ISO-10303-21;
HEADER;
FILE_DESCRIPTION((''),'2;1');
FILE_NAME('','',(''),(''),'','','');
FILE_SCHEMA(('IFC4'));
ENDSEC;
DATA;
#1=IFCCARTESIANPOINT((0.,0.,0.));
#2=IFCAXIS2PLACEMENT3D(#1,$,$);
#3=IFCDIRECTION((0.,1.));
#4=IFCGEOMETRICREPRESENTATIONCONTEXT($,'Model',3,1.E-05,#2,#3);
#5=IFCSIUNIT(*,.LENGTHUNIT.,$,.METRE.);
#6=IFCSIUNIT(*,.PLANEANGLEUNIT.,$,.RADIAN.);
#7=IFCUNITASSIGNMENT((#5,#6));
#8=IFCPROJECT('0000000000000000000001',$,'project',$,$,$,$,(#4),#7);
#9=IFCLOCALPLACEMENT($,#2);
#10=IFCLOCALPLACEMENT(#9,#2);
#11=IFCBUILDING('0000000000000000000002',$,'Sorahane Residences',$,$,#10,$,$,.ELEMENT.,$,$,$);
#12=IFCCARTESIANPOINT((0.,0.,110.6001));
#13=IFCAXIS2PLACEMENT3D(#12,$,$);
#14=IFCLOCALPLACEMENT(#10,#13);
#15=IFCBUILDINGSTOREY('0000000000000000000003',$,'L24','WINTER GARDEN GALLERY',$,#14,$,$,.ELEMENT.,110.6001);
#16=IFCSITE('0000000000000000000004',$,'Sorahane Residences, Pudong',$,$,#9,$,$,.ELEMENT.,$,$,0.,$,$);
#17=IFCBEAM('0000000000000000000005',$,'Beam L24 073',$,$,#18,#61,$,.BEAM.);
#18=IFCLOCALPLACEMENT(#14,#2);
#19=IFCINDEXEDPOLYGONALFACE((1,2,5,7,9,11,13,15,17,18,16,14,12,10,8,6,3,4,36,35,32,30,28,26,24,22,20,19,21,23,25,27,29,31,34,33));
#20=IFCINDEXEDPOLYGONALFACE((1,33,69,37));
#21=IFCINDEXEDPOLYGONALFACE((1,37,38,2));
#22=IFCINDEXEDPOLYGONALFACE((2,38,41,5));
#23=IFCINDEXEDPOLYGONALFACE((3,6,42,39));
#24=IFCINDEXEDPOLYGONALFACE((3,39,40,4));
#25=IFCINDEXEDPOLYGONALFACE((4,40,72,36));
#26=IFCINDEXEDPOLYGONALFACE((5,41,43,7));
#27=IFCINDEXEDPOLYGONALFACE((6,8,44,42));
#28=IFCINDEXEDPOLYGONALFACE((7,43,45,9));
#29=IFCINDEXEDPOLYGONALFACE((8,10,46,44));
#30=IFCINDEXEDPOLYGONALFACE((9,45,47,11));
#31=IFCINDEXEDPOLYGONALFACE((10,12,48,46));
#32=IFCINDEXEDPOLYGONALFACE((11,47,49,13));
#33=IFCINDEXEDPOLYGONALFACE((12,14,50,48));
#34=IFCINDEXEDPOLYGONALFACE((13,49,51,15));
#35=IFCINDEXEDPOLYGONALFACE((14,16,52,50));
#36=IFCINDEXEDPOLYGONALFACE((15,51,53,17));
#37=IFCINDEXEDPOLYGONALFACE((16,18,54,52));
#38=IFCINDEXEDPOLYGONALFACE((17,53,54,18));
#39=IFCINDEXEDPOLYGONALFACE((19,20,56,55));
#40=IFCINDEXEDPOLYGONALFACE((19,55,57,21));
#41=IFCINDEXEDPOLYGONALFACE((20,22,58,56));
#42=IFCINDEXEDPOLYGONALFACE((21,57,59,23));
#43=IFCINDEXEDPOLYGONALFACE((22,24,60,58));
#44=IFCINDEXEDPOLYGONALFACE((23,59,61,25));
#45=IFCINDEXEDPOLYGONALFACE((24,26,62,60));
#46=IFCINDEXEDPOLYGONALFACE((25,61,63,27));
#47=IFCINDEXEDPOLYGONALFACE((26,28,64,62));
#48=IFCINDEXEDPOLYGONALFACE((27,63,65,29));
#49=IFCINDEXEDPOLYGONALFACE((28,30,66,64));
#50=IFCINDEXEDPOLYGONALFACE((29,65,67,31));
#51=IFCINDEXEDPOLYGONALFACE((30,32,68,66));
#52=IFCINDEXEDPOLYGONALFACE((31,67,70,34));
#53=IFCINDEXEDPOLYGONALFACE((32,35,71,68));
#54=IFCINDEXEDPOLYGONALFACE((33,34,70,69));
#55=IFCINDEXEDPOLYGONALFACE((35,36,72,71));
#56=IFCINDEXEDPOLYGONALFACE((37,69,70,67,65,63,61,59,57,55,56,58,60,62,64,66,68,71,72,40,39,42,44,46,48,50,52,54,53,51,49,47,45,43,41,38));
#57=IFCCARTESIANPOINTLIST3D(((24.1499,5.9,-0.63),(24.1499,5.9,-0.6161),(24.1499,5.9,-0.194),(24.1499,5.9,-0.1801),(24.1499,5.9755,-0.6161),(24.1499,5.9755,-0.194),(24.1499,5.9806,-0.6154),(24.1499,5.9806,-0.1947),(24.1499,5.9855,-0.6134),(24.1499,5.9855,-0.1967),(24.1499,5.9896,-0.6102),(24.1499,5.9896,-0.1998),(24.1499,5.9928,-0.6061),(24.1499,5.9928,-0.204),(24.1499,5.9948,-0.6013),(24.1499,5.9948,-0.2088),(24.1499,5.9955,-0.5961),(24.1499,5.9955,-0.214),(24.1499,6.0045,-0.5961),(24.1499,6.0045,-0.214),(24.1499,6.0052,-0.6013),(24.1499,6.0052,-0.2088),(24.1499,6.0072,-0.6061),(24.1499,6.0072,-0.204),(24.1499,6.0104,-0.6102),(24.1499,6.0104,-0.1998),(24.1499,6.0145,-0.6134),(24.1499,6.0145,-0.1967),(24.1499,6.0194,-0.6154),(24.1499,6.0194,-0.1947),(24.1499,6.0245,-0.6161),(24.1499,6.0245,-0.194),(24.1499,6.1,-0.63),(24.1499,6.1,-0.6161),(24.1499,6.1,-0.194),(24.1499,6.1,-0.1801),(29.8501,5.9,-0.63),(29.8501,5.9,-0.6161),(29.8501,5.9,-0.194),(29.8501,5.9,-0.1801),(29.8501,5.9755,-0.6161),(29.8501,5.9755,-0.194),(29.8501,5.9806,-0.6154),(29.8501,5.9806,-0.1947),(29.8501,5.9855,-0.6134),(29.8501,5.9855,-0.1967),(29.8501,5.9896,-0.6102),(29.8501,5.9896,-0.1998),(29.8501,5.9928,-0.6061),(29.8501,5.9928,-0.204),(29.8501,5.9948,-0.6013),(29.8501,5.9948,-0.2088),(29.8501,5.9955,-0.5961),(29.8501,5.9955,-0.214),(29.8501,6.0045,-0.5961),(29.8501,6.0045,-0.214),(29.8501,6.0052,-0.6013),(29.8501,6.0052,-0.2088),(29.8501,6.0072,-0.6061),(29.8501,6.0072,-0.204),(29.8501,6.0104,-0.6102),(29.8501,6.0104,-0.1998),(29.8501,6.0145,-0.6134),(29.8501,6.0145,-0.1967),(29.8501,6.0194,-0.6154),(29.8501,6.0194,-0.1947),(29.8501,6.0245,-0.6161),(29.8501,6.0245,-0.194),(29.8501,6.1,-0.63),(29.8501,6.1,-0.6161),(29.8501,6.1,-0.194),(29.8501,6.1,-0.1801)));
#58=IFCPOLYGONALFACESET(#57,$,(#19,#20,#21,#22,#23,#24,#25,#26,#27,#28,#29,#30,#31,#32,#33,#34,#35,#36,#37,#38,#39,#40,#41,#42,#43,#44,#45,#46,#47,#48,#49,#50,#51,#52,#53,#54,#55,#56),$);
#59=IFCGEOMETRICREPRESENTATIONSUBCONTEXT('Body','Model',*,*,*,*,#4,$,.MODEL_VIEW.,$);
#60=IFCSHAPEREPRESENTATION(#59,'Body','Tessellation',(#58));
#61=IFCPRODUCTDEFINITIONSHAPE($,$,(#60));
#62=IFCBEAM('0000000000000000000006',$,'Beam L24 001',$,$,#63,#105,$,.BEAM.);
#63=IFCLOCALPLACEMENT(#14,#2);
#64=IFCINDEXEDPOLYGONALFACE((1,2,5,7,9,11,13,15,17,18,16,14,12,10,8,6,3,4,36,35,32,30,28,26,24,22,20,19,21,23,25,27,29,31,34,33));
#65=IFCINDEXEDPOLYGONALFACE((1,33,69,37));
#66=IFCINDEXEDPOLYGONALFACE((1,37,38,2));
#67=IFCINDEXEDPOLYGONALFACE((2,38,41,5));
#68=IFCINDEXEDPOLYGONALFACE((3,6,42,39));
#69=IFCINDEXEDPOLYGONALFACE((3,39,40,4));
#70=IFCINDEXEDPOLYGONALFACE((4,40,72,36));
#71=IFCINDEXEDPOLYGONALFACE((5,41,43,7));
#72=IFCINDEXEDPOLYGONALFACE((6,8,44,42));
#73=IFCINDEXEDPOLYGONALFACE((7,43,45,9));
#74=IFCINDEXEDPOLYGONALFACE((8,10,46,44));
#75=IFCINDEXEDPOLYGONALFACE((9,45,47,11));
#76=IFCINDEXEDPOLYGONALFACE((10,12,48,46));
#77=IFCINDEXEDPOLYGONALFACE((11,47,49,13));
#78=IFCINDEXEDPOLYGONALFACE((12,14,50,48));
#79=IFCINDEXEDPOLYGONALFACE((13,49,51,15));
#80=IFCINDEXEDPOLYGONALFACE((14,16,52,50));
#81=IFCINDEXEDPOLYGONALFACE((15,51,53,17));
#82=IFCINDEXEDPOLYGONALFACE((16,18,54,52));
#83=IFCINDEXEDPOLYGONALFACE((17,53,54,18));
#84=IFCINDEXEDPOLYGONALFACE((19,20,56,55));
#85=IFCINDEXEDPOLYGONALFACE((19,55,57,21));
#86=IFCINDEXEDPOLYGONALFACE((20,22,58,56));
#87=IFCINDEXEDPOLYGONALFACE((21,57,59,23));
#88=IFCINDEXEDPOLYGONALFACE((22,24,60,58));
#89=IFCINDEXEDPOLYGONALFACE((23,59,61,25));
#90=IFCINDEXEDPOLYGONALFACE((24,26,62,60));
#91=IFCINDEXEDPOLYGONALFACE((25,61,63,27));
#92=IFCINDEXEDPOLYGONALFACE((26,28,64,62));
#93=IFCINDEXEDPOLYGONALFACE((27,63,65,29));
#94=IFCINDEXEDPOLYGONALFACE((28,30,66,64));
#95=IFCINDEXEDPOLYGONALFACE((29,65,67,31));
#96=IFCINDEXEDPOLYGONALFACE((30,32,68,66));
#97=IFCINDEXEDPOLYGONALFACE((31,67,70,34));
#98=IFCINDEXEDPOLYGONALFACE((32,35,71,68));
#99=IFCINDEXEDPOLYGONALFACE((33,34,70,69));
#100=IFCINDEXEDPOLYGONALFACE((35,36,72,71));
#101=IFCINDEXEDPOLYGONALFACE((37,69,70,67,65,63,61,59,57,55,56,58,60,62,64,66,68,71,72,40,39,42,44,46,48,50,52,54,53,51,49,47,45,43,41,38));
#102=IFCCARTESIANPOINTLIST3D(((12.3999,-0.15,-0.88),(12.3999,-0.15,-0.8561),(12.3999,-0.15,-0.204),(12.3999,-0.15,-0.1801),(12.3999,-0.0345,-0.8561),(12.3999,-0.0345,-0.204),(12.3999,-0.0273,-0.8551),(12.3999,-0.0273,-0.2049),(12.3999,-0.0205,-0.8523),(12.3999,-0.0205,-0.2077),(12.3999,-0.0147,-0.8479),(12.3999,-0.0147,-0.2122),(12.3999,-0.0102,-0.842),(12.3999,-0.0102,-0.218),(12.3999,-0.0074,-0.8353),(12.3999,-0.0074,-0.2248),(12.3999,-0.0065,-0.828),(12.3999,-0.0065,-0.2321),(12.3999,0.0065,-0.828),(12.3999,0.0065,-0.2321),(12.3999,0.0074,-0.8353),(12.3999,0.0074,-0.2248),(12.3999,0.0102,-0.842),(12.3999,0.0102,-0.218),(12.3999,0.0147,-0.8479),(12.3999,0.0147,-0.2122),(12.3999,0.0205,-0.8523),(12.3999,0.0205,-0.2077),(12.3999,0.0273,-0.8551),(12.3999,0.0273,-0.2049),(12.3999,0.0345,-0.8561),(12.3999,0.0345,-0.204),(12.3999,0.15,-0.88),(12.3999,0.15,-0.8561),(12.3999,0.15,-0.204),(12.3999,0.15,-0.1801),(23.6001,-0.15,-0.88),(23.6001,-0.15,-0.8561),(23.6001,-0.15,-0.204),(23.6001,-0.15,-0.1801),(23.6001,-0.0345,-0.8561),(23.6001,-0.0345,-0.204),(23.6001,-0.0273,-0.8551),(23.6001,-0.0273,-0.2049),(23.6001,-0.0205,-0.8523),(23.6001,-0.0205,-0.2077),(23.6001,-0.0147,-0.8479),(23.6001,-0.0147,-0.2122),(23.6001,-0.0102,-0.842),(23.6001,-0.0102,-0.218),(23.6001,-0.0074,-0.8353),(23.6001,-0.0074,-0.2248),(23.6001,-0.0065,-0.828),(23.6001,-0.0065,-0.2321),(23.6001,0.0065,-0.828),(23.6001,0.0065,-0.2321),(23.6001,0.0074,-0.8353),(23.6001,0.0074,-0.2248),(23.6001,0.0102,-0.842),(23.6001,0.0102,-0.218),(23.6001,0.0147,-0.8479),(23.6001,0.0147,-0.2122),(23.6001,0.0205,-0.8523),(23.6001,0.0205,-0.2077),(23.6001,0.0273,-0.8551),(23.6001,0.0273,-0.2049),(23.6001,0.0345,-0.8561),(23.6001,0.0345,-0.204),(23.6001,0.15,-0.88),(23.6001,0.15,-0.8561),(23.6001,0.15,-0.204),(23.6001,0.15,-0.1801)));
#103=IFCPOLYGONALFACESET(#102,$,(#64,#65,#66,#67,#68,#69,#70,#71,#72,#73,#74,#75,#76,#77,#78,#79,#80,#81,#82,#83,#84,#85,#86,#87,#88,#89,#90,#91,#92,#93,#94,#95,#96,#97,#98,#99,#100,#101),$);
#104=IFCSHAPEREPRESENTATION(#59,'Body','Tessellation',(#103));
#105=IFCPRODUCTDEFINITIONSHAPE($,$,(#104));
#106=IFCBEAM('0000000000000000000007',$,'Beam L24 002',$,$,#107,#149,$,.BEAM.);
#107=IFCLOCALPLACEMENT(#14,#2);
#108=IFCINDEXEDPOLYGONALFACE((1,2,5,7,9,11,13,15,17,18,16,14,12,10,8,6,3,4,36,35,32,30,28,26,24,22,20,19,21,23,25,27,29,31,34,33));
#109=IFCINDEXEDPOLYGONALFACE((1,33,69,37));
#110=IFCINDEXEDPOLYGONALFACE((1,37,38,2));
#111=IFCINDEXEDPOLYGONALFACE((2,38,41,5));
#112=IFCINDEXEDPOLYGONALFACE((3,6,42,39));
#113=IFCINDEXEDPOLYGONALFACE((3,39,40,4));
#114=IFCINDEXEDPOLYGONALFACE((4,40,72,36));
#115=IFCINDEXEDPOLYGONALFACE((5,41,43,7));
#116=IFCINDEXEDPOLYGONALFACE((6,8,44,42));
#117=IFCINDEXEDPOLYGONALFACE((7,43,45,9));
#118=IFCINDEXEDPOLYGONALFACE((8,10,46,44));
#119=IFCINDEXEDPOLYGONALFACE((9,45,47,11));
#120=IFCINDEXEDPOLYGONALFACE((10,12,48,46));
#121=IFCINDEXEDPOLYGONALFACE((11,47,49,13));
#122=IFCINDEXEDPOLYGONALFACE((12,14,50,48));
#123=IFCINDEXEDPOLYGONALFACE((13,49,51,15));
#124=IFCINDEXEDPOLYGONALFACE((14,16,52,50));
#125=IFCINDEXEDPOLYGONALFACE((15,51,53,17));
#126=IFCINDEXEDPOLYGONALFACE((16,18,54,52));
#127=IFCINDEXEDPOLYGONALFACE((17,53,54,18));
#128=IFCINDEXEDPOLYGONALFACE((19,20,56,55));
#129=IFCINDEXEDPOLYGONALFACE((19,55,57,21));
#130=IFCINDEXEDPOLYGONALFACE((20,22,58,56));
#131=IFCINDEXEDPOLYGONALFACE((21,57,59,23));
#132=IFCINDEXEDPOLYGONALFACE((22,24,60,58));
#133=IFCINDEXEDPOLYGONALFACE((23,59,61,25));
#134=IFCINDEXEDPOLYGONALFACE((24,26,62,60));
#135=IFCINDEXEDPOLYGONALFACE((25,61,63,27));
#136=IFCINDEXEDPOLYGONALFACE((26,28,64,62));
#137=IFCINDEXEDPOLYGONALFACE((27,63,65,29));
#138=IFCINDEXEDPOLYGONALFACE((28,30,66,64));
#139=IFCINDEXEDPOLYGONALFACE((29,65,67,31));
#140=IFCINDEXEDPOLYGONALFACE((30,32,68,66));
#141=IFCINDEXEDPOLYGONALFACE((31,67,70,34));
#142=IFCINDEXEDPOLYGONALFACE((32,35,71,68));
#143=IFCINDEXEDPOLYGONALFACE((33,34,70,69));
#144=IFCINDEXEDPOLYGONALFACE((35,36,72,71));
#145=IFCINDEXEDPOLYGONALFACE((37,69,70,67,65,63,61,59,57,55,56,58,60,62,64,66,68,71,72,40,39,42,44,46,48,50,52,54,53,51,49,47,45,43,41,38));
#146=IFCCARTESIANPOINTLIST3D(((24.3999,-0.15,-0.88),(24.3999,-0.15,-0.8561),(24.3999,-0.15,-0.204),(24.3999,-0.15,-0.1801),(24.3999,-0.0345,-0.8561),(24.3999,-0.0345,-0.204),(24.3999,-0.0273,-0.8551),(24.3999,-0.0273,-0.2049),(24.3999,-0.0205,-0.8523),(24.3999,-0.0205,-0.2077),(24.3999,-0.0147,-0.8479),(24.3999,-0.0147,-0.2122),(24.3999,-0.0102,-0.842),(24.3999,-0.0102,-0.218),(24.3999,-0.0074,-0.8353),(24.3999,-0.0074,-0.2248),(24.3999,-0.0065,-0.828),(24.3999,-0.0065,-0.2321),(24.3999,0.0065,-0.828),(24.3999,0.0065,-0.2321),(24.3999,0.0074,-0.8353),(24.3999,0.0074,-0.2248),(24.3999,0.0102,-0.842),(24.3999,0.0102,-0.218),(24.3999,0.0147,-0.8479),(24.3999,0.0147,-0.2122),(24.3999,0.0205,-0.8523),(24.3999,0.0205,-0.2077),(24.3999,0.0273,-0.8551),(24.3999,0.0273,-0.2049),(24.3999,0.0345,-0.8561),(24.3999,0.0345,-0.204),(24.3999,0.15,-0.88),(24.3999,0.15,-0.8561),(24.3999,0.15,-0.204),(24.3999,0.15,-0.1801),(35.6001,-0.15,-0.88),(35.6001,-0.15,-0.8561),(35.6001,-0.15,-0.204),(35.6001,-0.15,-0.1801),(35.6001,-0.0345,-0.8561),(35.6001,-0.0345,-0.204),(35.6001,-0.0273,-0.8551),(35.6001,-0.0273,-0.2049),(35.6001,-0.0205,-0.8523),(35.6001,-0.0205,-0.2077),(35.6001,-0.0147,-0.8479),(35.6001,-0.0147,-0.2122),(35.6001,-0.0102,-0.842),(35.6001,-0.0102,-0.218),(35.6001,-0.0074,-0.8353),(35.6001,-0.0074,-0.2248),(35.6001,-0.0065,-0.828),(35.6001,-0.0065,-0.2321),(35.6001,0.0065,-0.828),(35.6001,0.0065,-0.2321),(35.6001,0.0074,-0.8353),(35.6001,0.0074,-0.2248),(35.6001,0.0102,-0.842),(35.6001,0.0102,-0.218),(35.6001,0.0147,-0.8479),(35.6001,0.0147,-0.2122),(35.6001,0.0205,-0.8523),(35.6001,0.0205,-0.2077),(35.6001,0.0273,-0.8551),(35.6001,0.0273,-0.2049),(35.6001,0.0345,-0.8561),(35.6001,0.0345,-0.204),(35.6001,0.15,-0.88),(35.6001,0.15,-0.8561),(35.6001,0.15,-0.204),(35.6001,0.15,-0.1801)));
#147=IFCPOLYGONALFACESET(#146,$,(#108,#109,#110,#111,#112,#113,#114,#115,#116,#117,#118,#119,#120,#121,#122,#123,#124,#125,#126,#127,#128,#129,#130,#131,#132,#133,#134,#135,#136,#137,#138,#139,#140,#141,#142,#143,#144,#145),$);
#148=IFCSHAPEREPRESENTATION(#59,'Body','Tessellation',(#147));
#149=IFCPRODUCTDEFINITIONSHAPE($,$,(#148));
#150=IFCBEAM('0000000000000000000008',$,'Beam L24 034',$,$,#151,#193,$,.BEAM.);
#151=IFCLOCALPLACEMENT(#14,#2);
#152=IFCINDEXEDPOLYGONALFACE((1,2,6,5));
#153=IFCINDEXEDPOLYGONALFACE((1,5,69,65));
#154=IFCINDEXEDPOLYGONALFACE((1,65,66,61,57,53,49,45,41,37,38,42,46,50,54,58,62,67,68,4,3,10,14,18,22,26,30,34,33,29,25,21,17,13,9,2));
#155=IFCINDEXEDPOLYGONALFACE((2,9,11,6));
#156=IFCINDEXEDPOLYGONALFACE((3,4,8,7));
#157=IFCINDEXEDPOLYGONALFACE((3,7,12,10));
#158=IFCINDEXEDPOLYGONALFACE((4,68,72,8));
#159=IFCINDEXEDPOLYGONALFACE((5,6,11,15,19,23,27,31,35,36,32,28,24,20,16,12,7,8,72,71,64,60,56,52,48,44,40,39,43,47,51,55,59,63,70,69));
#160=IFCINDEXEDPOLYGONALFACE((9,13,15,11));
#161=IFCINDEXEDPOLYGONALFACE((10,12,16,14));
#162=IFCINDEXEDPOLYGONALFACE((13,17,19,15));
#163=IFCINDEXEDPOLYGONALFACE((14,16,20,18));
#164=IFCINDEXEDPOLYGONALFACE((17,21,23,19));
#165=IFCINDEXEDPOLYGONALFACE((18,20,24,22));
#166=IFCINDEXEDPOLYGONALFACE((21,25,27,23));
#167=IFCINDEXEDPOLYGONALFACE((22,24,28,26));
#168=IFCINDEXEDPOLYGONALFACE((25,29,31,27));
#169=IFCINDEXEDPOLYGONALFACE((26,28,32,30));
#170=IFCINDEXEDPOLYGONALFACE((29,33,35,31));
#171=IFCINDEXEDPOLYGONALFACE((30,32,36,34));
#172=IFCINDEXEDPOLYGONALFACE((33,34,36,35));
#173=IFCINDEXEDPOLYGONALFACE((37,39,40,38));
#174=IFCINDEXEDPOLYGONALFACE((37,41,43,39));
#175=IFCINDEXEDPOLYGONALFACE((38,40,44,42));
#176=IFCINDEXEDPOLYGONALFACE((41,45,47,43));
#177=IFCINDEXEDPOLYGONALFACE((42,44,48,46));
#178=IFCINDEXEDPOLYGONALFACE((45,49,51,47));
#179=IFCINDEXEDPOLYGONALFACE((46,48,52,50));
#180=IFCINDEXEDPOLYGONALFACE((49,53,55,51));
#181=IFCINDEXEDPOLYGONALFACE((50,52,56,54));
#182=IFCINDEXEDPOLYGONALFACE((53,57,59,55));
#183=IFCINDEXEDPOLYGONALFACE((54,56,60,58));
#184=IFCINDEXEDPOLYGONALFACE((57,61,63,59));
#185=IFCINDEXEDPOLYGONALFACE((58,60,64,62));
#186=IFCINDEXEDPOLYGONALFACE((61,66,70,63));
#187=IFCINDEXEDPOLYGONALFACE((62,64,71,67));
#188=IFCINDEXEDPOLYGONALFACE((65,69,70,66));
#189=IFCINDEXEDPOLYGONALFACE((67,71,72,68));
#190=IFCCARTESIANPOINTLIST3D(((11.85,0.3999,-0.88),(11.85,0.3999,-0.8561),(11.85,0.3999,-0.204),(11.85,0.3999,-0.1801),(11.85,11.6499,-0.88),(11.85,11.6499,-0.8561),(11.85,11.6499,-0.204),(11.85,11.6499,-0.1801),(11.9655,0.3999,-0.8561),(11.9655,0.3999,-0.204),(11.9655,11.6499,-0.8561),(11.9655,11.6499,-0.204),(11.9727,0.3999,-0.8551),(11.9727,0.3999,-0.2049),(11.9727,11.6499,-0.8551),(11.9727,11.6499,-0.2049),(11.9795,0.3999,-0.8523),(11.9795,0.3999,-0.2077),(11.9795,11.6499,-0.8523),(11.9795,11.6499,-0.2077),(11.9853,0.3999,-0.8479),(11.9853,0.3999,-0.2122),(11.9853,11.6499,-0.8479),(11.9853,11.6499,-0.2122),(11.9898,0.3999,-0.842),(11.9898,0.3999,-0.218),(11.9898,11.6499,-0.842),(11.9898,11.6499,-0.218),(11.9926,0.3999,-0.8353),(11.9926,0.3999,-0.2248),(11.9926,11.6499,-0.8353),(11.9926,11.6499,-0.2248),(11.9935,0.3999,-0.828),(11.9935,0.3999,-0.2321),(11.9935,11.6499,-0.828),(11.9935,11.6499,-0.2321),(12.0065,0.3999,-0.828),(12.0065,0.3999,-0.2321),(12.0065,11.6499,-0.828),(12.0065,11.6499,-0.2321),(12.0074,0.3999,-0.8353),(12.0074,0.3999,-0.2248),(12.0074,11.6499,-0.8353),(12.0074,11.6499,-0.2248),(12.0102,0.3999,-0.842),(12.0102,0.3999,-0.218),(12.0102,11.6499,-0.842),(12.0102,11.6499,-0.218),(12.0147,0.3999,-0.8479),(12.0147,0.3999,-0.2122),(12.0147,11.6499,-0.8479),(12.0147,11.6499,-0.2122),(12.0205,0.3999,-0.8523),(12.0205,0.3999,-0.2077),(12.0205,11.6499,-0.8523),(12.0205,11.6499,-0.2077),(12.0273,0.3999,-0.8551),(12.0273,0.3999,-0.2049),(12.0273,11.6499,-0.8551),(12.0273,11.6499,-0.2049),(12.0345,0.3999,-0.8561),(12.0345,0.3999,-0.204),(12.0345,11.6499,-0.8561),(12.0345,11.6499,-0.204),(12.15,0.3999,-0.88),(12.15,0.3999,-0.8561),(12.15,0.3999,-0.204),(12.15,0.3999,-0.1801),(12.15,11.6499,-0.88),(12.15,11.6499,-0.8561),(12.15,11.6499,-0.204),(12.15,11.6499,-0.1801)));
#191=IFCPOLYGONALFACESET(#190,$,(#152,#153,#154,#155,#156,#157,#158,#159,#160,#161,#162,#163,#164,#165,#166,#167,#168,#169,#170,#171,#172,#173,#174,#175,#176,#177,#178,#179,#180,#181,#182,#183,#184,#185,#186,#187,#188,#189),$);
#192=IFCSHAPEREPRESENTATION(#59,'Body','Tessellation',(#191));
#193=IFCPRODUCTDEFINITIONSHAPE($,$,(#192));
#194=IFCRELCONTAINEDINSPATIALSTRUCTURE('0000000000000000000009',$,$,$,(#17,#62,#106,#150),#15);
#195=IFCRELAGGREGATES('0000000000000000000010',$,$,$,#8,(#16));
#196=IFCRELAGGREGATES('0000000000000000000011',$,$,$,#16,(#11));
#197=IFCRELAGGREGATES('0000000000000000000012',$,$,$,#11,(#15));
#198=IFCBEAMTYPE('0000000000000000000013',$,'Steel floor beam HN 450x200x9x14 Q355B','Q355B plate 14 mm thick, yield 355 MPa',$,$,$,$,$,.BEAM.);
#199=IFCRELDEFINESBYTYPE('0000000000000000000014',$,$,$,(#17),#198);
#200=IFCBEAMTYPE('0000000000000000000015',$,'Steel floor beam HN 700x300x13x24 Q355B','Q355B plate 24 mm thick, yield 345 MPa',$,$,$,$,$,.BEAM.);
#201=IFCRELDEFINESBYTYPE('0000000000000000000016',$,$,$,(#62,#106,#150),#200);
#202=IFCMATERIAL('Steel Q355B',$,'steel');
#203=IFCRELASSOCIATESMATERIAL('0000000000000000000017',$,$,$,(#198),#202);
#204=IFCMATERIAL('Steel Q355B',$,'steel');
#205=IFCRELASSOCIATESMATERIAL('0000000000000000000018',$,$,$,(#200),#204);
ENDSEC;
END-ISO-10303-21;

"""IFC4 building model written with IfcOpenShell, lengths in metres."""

from ifc_helpers import new_model, si_unit, direction, frame, origin, origin_2d, place, context, subcontext, project, spatial, i_section, extrude, material, material_profile, profile_set, type_object, element, save


model = new_model("IFC4")

# Units and contexts
model_context = context("Model", 3, precision=1e-05, world=origin(), true_north=direction((0.0, 1.0)))
body_context = subcontext(model_context, "Body", "Model", "MODEL_VIEW")
ifc_project = project(units=[si_unit("LENGTHUNIT", "METRE"), si_unit("PLANEANGLEUNIT", "RADIAN")], contexts=[model_context])

# Site, building, storey
site_placement = place(None, origin())
site = spatial("IfcSite", under=ifc_project, at=site_placement, Name="Sorahane Residences, Pudong", CompositionType="ELEMENT", RefElevation=0.0)
building_placement = place(site_placement, origin())
building = spatial("IfcBuilding", under=site, at=building_placement, Name="Sorahane Residences", CompositionType="ELEMENT")
storey_placement = place(building_placement, frame((0.0, 0.0, 110.6001)))
storey = spatial("IfcBuildingStorey", under=building, at=storey_placement, Name="L24", Description="WINTER GARDEN GALLERY", CompositionType="ELEMENT", Elevation=110.6001)

# Beams
ifc_material_1 = material(Name="Steel Q355B", Category="steel")
ifc_material_profile_1 = material_profile(ifc_material_1, i_section(OverallWidth=0.2, OverallDepth=0.45, WebThickness=0.009, FlangeThickness=0.0139, FilletRadius=0.02, at=origin_2d()), Name="HN 450x200x9x14")
ifc_profile_set_1 = profile_set([ifc_material_profile_1], Name="Steel Q355B")
beam_type_1 = type_object("IfcBeamType", Name="Steel floor beam HN 450x200x9x14 Q355B", Description="Q355B plate 14 mm thick, yield 355 MPa", PredefinedType="BEAM", material=ifc_profile_set_1)
for number, where, z_axis, x_axis, name in (
    (1, (24.1499, 6.0, -0.405), (1.0, 0.0, 0.0), (0.0, 1.0, 0.0), "Beam L24 073"),
):
    element("IfcBeam", number, at=place(storey_placement, frame(where, z_axis=z_axis, x_axis=x_axis)), inside=storey, type_object=beam_type_1, Name=name, PredefinedType="BEAM", context=body_context, shape_type="SweptSolid", body=[
        extrude(i_section(OverallWidth=0.2, OverallDepth=0.45, WebThickness=0.009, FlangeThickness=0.0139, FilletRadius=0.02, at=origin_2d()), origin(), (0.0, 0.0, 1.0), 5.7002),
    ])
ifc_material_2 = material(Name="Steel Q355B", Category="steel")
ifc_material_profile_2 = material_profile(ifc_material_2, i_section(OverallWidth=0.3, OverallDepth=0.7, WebThickness=0.0129, FlangeThickness=0.0239, FilletRadius=0.0281, at=origin_2d()), Name="HN 700x300x13x24")
ifc_profile_set_2 = profile_set([ifc_material_profile_2], Name="Steel Q355B")
beam_type_2 = type_object("IfcBeamType", Name="Steel floor beam HN 700x300x13x24 Q355B", Description="Q355B plate 24 mm thick, yield 345 MPa", PredefinedType="BEAM", material=ifc_profile_set_2)
for number, where, z_axis, x_axis, name in (
    (2, (12.3999, 0.0, -0.53), (1.0, 0.0, 0.0), (0.0, 1.0, 0.0), "Beam L24 001"),
    (3, (24.3999, 0.0, -0.53), (1.0, 0.0, 0.0), (0.0, 1.0, 0.0), "Beam L24 002"),
):
    element("IfcBeam", number, at=place(storey_placement, frame(where, z_axis=z_axis, x_axis=x_axis)), inside=storey, type_object=beam_type_2, Name=name, PredefinedType="BEAM", context=body_context, shape_type="SweptSolid", body=[
        extrude(i_section(OverallWidth=0.3, OverallDepth=0.7, WebThickness=0.0129, FlangeThickness=0.0239, FilletRadius=0.0281, at=origin_2d()), origin(), (0.0, 0.0, 1.0), 11.2002),
    ])
beam_1_placement = place(storey_placement, frame((12.0, 0.3999, -0.53), z_axis=(0.0, 1.0, 0.0), x_axis=(-1.0, 0.0, 0.0)))
element("IfcBeam", 4, at=beam_1_placement, inside=storey, type_object=beam_type_2, Name="Beam L24 034", PredefinedType="BEAM", context=body_context, shape_type="SweptSolid", body=[
    extrude(i_section(OverallWidth=0.3, OverallDepth=0.7, WebThickness=0.0129, FlangeThickness=0.0239, FilletRadius=0.0281, at=origin_2d()), origin(), (0.0, 0.0, 1.0), 11.25),
])

save(model, "model.ifc")
